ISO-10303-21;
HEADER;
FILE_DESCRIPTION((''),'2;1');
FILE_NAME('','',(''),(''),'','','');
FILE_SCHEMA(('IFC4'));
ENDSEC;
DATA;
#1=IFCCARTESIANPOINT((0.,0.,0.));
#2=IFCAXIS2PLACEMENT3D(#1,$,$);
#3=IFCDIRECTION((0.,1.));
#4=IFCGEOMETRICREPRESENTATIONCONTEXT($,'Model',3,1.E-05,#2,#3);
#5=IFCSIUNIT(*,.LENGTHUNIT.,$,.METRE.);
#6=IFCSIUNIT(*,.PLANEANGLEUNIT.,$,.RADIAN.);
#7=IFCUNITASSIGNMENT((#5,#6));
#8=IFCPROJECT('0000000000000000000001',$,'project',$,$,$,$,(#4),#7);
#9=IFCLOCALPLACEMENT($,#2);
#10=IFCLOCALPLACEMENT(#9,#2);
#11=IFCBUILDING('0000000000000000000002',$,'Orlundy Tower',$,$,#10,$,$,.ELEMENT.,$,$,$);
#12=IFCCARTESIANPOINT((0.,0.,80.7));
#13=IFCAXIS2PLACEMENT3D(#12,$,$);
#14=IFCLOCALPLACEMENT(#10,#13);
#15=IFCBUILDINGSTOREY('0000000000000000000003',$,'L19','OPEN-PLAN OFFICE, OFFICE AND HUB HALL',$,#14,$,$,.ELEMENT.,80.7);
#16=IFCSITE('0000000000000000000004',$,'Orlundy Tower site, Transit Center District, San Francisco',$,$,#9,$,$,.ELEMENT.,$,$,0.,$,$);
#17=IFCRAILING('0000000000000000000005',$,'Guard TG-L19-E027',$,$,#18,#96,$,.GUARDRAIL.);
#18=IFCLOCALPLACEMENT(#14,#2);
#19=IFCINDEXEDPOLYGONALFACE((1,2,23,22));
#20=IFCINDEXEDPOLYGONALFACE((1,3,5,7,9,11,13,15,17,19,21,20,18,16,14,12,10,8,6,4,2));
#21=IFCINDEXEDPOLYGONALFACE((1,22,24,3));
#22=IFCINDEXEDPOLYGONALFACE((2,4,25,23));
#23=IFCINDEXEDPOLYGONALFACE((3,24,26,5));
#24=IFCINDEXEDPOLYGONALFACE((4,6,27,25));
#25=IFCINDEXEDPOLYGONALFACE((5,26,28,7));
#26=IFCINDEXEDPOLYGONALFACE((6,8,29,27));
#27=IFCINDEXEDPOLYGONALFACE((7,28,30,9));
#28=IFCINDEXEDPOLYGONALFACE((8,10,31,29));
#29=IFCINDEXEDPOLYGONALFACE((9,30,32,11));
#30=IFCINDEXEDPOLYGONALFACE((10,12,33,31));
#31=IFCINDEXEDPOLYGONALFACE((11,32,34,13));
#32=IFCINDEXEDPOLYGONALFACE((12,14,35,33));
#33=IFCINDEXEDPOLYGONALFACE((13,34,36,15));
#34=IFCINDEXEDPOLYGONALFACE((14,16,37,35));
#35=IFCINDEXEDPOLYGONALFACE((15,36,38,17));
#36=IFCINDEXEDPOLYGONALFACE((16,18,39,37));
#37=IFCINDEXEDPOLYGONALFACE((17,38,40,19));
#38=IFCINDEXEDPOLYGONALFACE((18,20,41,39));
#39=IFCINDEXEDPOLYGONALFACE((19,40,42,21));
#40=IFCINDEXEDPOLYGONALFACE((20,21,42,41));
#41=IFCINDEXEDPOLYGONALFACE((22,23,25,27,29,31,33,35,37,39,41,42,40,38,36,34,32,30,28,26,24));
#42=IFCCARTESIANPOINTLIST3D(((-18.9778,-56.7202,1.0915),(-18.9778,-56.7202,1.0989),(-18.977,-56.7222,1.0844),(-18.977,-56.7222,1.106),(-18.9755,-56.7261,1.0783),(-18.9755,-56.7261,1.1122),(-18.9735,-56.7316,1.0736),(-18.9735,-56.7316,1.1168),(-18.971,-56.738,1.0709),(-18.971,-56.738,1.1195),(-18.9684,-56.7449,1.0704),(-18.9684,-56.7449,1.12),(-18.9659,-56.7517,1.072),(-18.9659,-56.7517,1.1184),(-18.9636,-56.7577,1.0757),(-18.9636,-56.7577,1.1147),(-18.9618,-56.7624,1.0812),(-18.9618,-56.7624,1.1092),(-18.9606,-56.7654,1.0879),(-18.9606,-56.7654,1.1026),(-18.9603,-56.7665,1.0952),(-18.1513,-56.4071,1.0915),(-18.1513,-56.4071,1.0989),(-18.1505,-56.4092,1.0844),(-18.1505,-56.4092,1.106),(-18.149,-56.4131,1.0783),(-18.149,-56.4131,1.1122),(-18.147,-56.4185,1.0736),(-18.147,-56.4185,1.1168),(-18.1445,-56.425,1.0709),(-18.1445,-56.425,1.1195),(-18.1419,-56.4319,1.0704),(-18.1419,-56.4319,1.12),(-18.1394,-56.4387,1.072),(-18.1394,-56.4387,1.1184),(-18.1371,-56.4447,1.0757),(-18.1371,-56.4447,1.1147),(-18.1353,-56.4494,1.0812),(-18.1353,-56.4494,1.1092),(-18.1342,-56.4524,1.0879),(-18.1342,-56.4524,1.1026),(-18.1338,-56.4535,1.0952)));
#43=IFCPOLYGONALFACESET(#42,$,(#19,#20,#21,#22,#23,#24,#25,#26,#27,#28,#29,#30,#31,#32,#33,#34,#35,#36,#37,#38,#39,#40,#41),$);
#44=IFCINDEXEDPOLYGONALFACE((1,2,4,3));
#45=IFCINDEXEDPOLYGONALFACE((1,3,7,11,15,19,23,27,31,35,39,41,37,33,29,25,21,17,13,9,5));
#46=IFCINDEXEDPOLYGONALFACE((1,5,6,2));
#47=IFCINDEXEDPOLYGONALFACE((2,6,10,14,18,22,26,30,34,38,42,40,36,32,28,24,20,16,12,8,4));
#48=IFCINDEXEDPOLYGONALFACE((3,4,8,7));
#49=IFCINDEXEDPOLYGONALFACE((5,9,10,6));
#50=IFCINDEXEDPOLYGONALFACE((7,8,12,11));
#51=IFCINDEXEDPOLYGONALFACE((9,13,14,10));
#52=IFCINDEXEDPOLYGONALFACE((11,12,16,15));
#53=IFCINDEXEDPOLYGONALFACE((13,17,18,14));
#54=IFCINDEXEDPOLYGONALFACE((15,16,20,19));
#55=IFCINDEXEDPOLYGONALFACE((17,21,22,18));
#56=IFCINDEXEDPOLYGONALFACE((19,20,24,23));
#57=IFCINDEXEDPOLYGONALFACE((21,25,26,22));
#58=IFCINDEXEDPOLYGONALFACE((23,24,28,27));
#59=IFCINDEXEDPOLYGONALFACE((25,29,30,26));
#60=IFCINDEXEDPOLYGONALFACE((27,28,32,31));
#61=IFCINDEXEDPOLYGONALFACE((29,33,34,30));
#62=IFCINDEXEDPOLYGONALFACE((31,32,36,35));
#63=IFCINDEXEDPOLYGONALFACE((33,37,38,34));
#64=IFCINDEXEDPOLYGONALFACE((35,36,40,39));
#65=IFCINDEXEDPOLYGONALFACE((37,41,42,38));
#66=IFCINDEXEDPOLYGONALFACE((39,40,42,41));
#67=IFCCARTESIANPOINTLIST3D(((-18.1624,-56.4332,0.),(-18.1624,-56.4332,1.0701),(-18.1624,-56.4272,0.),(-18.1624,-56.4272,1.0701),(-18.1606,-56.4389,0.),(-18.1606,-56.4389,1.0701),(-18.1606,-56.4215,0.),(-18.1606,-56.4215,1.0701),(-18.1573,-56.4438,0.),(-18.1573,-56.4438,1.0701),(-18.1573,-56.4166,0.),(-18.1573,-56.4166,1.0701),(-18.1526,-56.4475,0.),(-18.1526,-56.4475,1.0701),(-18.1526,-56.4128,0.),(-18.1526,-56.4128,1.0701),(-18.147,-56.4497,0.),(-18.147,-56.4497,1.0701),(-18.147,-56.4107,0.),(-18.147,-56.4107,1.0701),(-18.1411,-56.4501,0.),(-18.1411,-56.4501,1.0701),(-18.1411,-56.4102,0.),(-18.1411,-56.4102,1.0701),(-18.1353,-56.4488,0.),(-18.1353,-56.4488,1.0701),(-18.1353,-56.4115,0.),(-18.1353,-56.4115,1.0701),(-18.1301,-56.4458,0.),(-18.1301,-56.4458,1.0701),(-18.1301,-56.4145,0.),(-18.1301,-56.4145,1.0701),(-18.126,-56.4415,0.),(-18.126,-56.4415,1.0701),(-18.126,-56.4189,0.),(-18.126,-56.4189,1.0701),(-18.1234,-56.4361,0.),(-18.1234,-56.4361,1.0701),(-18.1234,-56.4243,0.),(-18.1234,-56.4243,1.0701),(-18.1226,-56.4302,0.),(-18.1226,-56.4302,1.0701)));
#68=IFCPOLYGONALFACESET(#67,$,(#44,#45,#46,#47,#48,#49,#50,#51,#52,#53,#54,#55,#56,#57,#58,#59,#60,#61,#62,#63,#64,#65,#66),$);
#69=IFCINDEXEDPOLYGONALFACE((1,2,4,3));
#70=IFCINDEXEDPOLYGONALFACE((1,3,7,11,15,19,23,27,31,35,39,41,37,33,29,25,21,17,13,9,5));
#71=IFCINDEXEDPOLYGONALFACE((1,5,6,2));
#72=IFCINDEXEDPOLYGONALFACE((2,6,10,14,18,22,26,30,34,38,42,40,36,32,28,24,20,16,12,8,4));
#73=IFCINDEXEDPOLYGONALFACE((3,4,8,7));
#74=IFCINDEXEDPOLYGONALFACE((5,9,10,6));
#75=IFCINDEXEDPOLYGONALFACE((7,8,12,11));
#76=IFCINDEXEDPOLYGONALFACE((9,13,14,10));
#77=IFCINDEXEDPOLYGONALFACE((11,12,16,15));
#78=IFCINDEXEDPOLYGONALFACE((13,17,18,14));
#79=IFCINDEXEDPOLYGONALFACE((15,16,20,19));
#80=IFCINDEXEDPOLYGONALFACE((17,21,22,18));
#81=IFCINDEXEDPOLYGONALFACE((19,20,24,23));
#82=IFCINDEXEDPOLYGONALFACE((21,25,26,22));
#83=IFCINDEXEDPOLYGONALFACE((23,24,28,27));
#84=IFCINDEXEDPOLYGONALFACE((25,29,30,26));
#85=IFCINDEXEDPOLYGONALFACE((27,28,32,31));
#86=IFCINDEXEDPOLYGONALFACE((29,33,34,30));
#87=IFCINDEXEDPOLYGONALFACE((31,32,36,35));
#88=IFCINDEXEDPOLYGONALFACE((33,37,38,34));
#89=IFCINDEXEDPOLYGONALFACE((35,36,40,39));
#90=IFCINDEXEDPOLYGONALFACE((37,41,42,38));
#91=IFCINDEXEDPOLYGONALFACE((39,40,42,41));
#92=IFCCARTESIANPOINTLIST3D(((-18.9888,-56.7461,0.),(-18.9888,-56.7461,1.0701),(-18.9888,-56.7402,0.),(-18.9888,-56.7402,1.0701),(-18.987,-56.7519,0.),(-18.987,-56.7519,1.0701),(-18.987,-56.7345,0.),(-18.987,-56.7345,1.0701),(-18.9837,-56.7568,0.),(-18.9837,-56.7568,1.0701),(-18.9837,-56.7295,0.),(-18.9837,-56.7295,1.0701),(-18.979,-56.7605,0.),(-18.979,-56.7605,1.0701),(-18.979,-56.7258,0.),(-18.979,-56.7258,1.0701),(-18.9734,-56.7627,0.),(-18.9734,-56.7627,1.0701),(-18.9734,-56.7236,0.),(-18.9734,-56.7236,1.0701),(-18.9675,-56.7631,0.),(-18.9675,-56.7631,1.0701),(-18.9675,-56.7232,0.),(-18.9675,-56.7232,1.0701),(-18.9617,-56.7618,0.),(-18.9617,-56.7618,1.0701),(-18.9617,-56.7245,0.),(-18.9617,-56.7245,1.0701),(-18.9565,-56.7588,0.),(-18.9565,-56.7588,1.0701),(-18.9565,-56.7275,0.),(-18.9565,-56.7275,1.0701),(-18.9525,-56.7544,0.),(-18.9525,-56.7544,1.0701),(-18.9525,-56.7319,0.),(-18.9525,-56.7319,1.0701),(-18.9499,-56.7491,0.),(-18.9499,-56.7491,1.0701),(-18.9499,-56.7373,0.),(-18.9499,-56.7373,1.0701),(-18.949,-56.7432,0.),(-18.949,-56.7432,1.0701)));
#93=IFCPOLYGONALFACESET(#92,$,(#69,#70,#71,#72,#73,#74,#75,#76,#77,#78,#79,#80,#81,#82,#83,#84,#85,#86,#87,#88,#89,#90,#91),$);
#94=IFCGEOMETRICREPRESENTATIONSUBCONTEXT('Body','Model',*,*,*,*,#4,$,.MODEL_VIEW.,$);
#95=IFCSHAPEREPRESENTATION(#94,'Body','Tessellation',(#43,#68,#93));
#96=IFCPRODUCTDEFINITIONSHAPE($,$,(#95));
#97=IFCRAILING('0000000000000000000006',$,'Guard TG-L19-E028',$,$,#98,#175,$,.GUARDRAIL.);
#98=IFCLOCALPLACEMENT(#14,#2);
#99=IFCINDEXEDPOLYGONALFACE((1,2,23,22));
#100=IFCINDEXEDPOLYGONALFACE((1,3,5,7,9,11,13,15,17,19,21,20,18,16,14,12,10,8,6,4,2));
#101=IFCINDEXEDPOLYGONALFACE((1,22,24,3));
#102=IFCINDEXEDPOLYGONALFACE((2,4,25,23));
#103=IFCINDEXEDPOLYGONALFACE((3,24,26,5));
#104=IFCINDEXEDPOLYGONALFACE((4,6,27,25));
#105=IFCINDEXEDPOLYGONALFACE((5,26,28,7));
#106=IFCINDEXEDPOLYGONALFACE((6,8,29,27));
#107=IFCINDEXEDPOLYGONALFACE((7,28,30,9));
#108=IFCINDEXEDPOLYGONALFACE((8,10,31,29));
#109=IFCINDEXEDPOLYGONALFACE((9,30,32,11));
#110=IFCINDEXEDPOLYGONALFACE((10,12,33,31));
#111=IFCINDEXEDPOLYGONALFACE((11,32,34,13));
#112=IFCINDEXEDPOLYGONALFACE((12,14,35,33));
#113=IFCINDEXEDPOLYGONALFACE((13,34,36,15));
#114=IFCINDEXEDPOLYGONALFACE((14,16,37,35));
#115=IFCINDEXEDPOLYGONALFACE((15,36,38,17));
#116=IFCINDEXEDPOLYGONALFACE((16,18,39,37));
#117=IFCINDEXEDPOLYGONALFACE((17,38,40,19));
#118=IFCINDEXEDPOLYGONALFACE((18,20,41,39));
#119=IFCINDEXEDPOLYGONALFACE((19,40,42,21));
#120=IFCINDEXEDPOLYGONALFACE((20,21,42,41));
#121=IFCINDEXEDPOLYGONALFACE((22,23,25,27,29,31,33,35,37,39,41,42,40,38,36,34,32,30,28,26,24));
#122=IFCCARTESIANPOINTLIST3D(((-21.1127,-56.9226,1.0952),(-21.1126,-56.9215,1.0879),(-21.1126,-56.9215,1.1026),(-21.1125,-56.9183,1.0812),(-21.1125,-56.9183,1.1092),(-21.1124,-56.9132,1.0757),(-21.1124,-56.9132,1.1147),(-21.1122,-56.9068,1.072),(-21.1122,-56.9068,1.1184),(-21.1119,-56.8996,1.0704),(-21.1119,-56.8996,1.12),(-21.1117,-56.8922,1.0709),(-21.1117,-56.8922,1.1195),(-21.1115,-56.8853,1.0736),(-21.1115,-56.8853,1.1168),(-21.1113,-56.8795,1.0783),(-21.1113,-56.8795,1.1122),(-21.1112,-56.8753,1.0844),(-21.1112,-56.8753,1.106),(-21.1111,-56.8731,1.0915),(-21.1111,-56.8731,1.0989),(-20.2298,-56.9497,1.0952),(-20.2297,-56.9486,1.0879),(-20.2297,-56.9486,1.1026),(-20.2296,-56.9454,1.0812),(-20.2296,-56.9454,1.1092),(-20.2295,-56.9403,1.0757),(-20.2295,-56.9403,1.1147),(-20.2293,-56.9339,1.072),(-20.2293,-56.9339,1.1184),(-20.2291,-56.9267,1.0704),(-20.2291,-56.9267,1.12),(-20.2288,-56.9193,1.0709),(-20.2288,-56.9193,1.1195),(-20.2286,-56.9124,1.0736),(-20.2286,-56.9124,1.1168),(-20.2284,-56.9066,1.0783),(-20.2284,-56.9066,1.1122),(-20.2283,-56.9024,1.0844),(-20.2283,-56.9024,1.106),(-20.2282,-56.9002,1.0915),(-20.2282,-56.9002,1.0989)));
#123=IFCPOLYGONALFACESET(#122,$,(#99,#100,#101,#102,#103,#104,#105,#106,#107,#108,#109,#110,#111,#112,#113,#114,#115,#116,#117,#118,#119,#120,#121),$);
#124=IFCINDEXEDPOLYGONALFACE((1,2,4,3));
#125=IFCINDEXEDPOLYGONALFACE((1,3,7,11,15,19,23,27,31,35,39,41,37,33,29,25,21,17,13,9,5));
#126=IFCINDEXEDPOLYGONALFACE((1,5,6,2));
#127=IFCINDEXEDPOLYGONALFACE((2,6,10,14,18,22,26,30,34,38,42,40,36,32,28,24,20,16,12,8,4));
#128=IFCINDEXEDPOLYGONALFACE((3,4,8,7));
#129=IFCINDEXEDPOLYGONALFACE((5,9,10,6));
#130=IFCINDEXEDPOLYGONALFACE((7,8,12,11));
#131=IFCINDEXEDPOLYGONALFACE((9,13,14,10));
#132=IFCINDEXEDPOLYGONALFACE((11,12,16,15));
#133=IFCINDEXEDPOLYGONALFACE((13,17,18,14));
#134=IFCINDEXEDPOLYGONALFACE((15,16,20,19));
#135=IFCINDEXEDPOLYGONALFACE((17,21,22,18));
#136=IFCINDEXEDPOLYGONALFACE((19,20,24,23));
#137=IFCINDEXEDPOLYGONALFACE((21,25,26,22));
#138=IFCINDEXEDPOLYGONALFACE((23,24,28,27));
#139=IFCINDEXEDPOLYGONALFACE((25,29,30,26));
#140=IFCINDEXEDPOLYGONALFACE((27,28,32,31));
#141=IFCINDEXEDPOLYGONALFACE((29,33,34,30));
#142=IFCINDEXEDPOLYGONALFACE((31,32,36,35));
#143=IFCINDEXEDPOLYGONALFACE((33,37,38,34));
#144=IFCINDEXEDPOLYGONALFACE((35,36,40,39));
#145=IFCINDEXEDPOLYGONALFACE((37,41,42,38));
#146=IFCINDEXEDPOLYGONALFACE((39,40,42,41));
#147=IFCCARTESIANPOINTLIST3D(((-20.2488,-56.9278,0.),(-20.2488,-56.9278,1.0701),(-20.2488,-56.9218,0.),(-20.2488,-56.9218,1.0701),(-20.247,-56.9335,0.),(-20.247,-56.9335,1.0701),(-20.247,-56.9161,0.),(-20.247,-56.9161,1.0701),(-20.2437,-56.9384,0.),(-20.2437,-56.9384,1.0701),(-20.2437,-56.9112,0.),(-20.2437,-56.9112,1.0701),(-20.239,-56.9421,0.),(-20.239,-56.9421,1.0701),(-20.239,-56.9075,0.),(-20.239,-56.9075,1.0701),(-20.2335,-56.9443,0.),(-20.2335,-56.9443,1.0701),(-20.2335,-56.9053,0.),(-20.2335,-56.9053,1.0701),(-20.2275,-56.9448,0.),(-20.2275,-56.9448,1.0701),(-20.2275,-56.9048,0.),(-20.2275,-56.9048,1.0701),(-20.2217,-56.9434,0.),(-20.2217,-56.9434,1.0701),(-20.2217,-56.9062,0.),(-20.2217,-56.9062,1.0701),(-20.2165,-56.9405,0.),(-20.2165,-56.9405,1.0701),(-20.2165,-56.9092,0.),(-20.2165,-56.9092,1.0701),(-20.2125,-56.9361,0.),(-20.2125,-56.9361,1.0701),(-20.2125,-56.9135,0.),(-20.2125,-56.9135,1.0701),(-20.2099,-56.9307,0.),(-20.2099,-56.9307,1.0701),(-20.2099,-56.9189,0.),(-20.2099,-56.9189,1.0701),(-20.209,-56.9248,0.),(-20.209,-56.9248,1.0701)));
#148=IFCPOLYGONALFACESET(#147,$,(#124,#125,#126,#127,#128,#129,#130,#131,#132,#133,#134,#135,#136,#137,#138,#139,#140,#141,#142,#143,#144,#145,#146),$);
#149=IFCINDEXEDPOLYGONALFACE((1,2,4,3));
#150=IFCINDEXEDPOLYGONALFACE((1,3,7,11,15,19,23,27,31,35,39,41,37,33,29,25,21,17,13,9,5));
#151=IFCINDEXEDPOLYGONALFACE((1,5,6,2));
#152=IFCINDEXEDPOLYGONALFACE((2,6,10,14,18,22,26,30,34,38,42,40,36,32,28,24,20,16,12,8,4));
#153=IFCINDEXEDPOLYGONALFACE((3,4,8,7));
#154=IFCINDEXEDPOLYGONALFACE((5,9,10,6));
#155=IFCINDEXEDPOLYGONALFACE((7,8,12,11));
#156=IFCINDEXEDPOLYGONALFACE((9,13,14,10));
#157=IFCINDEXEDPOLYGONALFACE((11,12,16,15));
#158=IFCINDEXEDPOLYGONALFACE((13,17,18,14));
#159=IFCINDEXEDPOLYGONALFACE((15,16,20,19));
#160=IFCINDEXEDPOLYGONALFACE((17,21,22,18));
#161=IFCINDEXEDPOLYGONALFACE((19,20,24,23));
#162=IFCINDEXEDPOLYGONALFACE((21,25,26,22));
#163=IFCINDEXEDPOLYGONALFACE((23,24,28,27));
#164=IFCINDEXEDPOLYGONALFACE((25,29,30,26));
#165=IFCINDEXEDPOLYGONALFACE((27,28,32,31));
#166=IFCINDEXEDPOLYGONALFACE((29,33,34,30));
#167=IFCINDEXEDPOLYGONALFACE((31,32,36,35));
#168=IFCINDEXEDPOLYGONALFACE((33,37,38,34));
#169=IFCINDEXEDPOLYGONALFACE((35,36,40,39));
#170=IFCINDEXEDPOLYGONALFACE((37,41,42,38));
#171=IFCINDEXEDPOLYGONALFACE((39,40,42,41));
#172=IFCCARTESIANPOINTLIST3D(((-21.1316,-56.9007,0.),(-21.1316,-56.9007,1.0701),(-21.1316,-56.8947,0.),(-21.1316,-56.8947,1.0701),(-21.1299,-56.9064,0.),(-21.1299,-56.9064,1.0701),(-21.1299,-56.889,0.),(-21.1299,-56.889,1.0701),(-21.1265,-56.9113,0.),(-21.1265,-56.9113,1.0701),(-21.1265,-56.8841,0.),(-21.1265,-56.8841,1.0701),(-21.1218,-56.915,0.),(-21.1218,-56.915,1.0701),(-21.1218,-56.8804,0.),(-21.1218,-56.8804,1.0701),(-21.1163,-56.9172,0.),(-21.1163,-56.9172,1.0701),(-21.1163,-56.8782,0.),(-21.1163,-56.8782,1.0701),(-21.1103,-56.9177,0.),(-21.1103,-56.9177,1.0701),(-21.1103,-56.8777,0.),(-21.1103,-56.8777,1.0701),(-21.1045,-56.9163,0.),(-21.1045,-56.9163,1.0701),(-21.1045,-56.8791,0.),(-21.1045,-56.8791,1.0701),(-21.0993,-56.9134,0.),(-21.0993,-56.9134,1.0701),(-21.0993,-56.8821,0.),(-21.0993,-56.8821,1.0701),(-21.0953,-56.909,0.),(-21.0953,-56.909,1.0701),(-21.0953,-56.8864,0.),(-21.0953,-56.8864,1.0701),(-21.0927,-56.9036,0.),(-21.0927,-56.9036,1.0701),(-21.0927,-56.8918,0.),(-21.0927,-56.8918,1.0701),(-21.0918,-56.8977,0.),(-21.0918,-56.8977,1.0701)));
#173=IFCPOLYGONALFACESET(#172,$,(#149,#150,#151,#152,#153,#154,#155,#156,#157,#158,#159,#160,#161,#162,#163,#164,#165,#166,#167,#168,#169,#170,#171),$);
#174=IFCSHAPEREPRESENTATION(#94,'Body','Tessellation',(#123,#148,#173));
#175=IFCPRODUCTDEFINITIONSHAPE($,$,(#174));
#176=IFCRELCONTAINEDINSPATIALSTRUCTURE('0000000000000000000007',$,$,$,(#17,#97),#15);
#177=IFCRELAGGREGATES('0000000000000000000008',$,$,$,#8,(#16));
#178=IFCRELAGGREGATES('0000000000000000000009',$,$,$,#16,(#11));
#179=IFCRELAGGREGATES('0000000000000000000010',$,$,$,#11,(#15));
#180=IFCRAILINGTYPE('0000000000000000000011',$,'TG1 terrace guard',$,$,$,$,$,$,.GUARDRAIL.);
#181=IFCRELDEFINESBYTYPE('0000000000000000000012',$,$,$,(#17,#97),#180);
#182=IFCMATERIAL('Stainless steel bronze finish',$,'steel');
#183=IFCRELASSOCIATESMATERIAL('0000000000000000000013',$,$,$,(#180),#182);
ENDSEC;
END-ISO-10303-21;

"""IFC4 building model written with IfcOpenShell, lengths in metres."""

from ifc_helpers import new_model, si_unit, direction, frame, origin, origin_2d, place, context, subcontext, project, spatial, circle, extrude, material, type_object, element, save


model = new_model("IFC4")

# Units and contexts
model_context = context("Model", 3, precision=1e-05, world=origin(), true_north=direction((0.0, 1.0)))
body_context = subcontext(model_context, "Body", "Model", "MODEL_VIEW")
ifc_project = project(units=[si_unit("LENGTHUNIT", "METRE"), si_unit("PLANEANGLEUNIT", "RADIAN")], contexts=[model_context])

# Site, building, storey
site_placement = place(None, origin())
site = spatial("IfcSite", under=ifc_project, at=site_placement, Name="Orlundy Tower site, Transit Center District, San Francisco", CompositionType="ELEMENT", RefElevation=0.0)
building_placement = place(site_placement, origin())
building = spatial("IfcBuilding", under=site, at=building_placement, Name="Orlundy Tower", CompositionType="ELEMENT")
storey_placement = place(building_placement, frame((0.0, 0.0, 80.7)))
storey = spatial("IfcBuildingStorey", under=building, at=storey_placement, Name="L19", Description="OPEN-PLAN OFFICE, OFFICE AND HUB HALL", CompositionType="ELEMENT", Elevation=80.7)

# Railings
ifc_material_1 = material(Name="Stainless steel bronze finish", Category="steel")
railing_type = type_object("IfcRailingType", Name="TG1 terrace guard", PredefinedType="GUARDRAIL", material=ifc_material_1)
railing_1_placement = place(storey_placement, frame((-18.1426, -56.4302, 0.0)))
element("IfcRailing", 1, at=railing_1_placement, inside=storey, type_object=railing_type, Name="Guard TG-L19-E027", PredefinedType="GUARDRAIL", context=body_context, shape_type="SweptSolid", body=[
    extrude(circle(Radius=0.0249, at=origin_2d()), frame((0.0, 0.0, 1.0952), z_axis=(-0.935177, -0.354179, 0.0), x_axis=(0.354179, -0.935177, 0.0)), (0.0, 0.0, 1.0), 0.8838),
    extrude(circle(Radius=0.02, at=origin_2d()), origin(), (0.0, 0.0, 1.0), 1.0701),
    extrude(circle(Radius=0.02, at=origin_2d()), frame((-0.8264, -0.313, 0.0)), (0.0, 0.0, 1.0), 1.0701),
])
railing_2_placement = place(storey_placement, frame((-20.229, -56.9248, 0.0)))
element("IfcRailing", 2, at=railing_2_placement, inside=storey, type_object=railing_type, Name="Guard TG-L19-E028", PredefinedType="GUARDRAIL", context=body_context, shape_type="SweptSolid", body=[
    extrude(circle(Radius=0.0249, at=origin_2d()), frame((0.0, 0.0, 1.0952), z_axis=(-0.999529, 0.030682, 0.0), x_axis=(-0.030682, -0.999529, 0.0)), (0.0, 0.0, 1.0), 0.8833),
    extrude(circle(Radius=0.02, at=origin_2d()), origin(), (0.0, 0.0, 1.0), 1.0701),
    extrude(circle(Radius=0.02, at=origin_2d()), frame((-0.8828, 0.0271, 0.0)), (0.0, 0.0, 1.0), 1.0701),
])

save(model, "model.ifc")
